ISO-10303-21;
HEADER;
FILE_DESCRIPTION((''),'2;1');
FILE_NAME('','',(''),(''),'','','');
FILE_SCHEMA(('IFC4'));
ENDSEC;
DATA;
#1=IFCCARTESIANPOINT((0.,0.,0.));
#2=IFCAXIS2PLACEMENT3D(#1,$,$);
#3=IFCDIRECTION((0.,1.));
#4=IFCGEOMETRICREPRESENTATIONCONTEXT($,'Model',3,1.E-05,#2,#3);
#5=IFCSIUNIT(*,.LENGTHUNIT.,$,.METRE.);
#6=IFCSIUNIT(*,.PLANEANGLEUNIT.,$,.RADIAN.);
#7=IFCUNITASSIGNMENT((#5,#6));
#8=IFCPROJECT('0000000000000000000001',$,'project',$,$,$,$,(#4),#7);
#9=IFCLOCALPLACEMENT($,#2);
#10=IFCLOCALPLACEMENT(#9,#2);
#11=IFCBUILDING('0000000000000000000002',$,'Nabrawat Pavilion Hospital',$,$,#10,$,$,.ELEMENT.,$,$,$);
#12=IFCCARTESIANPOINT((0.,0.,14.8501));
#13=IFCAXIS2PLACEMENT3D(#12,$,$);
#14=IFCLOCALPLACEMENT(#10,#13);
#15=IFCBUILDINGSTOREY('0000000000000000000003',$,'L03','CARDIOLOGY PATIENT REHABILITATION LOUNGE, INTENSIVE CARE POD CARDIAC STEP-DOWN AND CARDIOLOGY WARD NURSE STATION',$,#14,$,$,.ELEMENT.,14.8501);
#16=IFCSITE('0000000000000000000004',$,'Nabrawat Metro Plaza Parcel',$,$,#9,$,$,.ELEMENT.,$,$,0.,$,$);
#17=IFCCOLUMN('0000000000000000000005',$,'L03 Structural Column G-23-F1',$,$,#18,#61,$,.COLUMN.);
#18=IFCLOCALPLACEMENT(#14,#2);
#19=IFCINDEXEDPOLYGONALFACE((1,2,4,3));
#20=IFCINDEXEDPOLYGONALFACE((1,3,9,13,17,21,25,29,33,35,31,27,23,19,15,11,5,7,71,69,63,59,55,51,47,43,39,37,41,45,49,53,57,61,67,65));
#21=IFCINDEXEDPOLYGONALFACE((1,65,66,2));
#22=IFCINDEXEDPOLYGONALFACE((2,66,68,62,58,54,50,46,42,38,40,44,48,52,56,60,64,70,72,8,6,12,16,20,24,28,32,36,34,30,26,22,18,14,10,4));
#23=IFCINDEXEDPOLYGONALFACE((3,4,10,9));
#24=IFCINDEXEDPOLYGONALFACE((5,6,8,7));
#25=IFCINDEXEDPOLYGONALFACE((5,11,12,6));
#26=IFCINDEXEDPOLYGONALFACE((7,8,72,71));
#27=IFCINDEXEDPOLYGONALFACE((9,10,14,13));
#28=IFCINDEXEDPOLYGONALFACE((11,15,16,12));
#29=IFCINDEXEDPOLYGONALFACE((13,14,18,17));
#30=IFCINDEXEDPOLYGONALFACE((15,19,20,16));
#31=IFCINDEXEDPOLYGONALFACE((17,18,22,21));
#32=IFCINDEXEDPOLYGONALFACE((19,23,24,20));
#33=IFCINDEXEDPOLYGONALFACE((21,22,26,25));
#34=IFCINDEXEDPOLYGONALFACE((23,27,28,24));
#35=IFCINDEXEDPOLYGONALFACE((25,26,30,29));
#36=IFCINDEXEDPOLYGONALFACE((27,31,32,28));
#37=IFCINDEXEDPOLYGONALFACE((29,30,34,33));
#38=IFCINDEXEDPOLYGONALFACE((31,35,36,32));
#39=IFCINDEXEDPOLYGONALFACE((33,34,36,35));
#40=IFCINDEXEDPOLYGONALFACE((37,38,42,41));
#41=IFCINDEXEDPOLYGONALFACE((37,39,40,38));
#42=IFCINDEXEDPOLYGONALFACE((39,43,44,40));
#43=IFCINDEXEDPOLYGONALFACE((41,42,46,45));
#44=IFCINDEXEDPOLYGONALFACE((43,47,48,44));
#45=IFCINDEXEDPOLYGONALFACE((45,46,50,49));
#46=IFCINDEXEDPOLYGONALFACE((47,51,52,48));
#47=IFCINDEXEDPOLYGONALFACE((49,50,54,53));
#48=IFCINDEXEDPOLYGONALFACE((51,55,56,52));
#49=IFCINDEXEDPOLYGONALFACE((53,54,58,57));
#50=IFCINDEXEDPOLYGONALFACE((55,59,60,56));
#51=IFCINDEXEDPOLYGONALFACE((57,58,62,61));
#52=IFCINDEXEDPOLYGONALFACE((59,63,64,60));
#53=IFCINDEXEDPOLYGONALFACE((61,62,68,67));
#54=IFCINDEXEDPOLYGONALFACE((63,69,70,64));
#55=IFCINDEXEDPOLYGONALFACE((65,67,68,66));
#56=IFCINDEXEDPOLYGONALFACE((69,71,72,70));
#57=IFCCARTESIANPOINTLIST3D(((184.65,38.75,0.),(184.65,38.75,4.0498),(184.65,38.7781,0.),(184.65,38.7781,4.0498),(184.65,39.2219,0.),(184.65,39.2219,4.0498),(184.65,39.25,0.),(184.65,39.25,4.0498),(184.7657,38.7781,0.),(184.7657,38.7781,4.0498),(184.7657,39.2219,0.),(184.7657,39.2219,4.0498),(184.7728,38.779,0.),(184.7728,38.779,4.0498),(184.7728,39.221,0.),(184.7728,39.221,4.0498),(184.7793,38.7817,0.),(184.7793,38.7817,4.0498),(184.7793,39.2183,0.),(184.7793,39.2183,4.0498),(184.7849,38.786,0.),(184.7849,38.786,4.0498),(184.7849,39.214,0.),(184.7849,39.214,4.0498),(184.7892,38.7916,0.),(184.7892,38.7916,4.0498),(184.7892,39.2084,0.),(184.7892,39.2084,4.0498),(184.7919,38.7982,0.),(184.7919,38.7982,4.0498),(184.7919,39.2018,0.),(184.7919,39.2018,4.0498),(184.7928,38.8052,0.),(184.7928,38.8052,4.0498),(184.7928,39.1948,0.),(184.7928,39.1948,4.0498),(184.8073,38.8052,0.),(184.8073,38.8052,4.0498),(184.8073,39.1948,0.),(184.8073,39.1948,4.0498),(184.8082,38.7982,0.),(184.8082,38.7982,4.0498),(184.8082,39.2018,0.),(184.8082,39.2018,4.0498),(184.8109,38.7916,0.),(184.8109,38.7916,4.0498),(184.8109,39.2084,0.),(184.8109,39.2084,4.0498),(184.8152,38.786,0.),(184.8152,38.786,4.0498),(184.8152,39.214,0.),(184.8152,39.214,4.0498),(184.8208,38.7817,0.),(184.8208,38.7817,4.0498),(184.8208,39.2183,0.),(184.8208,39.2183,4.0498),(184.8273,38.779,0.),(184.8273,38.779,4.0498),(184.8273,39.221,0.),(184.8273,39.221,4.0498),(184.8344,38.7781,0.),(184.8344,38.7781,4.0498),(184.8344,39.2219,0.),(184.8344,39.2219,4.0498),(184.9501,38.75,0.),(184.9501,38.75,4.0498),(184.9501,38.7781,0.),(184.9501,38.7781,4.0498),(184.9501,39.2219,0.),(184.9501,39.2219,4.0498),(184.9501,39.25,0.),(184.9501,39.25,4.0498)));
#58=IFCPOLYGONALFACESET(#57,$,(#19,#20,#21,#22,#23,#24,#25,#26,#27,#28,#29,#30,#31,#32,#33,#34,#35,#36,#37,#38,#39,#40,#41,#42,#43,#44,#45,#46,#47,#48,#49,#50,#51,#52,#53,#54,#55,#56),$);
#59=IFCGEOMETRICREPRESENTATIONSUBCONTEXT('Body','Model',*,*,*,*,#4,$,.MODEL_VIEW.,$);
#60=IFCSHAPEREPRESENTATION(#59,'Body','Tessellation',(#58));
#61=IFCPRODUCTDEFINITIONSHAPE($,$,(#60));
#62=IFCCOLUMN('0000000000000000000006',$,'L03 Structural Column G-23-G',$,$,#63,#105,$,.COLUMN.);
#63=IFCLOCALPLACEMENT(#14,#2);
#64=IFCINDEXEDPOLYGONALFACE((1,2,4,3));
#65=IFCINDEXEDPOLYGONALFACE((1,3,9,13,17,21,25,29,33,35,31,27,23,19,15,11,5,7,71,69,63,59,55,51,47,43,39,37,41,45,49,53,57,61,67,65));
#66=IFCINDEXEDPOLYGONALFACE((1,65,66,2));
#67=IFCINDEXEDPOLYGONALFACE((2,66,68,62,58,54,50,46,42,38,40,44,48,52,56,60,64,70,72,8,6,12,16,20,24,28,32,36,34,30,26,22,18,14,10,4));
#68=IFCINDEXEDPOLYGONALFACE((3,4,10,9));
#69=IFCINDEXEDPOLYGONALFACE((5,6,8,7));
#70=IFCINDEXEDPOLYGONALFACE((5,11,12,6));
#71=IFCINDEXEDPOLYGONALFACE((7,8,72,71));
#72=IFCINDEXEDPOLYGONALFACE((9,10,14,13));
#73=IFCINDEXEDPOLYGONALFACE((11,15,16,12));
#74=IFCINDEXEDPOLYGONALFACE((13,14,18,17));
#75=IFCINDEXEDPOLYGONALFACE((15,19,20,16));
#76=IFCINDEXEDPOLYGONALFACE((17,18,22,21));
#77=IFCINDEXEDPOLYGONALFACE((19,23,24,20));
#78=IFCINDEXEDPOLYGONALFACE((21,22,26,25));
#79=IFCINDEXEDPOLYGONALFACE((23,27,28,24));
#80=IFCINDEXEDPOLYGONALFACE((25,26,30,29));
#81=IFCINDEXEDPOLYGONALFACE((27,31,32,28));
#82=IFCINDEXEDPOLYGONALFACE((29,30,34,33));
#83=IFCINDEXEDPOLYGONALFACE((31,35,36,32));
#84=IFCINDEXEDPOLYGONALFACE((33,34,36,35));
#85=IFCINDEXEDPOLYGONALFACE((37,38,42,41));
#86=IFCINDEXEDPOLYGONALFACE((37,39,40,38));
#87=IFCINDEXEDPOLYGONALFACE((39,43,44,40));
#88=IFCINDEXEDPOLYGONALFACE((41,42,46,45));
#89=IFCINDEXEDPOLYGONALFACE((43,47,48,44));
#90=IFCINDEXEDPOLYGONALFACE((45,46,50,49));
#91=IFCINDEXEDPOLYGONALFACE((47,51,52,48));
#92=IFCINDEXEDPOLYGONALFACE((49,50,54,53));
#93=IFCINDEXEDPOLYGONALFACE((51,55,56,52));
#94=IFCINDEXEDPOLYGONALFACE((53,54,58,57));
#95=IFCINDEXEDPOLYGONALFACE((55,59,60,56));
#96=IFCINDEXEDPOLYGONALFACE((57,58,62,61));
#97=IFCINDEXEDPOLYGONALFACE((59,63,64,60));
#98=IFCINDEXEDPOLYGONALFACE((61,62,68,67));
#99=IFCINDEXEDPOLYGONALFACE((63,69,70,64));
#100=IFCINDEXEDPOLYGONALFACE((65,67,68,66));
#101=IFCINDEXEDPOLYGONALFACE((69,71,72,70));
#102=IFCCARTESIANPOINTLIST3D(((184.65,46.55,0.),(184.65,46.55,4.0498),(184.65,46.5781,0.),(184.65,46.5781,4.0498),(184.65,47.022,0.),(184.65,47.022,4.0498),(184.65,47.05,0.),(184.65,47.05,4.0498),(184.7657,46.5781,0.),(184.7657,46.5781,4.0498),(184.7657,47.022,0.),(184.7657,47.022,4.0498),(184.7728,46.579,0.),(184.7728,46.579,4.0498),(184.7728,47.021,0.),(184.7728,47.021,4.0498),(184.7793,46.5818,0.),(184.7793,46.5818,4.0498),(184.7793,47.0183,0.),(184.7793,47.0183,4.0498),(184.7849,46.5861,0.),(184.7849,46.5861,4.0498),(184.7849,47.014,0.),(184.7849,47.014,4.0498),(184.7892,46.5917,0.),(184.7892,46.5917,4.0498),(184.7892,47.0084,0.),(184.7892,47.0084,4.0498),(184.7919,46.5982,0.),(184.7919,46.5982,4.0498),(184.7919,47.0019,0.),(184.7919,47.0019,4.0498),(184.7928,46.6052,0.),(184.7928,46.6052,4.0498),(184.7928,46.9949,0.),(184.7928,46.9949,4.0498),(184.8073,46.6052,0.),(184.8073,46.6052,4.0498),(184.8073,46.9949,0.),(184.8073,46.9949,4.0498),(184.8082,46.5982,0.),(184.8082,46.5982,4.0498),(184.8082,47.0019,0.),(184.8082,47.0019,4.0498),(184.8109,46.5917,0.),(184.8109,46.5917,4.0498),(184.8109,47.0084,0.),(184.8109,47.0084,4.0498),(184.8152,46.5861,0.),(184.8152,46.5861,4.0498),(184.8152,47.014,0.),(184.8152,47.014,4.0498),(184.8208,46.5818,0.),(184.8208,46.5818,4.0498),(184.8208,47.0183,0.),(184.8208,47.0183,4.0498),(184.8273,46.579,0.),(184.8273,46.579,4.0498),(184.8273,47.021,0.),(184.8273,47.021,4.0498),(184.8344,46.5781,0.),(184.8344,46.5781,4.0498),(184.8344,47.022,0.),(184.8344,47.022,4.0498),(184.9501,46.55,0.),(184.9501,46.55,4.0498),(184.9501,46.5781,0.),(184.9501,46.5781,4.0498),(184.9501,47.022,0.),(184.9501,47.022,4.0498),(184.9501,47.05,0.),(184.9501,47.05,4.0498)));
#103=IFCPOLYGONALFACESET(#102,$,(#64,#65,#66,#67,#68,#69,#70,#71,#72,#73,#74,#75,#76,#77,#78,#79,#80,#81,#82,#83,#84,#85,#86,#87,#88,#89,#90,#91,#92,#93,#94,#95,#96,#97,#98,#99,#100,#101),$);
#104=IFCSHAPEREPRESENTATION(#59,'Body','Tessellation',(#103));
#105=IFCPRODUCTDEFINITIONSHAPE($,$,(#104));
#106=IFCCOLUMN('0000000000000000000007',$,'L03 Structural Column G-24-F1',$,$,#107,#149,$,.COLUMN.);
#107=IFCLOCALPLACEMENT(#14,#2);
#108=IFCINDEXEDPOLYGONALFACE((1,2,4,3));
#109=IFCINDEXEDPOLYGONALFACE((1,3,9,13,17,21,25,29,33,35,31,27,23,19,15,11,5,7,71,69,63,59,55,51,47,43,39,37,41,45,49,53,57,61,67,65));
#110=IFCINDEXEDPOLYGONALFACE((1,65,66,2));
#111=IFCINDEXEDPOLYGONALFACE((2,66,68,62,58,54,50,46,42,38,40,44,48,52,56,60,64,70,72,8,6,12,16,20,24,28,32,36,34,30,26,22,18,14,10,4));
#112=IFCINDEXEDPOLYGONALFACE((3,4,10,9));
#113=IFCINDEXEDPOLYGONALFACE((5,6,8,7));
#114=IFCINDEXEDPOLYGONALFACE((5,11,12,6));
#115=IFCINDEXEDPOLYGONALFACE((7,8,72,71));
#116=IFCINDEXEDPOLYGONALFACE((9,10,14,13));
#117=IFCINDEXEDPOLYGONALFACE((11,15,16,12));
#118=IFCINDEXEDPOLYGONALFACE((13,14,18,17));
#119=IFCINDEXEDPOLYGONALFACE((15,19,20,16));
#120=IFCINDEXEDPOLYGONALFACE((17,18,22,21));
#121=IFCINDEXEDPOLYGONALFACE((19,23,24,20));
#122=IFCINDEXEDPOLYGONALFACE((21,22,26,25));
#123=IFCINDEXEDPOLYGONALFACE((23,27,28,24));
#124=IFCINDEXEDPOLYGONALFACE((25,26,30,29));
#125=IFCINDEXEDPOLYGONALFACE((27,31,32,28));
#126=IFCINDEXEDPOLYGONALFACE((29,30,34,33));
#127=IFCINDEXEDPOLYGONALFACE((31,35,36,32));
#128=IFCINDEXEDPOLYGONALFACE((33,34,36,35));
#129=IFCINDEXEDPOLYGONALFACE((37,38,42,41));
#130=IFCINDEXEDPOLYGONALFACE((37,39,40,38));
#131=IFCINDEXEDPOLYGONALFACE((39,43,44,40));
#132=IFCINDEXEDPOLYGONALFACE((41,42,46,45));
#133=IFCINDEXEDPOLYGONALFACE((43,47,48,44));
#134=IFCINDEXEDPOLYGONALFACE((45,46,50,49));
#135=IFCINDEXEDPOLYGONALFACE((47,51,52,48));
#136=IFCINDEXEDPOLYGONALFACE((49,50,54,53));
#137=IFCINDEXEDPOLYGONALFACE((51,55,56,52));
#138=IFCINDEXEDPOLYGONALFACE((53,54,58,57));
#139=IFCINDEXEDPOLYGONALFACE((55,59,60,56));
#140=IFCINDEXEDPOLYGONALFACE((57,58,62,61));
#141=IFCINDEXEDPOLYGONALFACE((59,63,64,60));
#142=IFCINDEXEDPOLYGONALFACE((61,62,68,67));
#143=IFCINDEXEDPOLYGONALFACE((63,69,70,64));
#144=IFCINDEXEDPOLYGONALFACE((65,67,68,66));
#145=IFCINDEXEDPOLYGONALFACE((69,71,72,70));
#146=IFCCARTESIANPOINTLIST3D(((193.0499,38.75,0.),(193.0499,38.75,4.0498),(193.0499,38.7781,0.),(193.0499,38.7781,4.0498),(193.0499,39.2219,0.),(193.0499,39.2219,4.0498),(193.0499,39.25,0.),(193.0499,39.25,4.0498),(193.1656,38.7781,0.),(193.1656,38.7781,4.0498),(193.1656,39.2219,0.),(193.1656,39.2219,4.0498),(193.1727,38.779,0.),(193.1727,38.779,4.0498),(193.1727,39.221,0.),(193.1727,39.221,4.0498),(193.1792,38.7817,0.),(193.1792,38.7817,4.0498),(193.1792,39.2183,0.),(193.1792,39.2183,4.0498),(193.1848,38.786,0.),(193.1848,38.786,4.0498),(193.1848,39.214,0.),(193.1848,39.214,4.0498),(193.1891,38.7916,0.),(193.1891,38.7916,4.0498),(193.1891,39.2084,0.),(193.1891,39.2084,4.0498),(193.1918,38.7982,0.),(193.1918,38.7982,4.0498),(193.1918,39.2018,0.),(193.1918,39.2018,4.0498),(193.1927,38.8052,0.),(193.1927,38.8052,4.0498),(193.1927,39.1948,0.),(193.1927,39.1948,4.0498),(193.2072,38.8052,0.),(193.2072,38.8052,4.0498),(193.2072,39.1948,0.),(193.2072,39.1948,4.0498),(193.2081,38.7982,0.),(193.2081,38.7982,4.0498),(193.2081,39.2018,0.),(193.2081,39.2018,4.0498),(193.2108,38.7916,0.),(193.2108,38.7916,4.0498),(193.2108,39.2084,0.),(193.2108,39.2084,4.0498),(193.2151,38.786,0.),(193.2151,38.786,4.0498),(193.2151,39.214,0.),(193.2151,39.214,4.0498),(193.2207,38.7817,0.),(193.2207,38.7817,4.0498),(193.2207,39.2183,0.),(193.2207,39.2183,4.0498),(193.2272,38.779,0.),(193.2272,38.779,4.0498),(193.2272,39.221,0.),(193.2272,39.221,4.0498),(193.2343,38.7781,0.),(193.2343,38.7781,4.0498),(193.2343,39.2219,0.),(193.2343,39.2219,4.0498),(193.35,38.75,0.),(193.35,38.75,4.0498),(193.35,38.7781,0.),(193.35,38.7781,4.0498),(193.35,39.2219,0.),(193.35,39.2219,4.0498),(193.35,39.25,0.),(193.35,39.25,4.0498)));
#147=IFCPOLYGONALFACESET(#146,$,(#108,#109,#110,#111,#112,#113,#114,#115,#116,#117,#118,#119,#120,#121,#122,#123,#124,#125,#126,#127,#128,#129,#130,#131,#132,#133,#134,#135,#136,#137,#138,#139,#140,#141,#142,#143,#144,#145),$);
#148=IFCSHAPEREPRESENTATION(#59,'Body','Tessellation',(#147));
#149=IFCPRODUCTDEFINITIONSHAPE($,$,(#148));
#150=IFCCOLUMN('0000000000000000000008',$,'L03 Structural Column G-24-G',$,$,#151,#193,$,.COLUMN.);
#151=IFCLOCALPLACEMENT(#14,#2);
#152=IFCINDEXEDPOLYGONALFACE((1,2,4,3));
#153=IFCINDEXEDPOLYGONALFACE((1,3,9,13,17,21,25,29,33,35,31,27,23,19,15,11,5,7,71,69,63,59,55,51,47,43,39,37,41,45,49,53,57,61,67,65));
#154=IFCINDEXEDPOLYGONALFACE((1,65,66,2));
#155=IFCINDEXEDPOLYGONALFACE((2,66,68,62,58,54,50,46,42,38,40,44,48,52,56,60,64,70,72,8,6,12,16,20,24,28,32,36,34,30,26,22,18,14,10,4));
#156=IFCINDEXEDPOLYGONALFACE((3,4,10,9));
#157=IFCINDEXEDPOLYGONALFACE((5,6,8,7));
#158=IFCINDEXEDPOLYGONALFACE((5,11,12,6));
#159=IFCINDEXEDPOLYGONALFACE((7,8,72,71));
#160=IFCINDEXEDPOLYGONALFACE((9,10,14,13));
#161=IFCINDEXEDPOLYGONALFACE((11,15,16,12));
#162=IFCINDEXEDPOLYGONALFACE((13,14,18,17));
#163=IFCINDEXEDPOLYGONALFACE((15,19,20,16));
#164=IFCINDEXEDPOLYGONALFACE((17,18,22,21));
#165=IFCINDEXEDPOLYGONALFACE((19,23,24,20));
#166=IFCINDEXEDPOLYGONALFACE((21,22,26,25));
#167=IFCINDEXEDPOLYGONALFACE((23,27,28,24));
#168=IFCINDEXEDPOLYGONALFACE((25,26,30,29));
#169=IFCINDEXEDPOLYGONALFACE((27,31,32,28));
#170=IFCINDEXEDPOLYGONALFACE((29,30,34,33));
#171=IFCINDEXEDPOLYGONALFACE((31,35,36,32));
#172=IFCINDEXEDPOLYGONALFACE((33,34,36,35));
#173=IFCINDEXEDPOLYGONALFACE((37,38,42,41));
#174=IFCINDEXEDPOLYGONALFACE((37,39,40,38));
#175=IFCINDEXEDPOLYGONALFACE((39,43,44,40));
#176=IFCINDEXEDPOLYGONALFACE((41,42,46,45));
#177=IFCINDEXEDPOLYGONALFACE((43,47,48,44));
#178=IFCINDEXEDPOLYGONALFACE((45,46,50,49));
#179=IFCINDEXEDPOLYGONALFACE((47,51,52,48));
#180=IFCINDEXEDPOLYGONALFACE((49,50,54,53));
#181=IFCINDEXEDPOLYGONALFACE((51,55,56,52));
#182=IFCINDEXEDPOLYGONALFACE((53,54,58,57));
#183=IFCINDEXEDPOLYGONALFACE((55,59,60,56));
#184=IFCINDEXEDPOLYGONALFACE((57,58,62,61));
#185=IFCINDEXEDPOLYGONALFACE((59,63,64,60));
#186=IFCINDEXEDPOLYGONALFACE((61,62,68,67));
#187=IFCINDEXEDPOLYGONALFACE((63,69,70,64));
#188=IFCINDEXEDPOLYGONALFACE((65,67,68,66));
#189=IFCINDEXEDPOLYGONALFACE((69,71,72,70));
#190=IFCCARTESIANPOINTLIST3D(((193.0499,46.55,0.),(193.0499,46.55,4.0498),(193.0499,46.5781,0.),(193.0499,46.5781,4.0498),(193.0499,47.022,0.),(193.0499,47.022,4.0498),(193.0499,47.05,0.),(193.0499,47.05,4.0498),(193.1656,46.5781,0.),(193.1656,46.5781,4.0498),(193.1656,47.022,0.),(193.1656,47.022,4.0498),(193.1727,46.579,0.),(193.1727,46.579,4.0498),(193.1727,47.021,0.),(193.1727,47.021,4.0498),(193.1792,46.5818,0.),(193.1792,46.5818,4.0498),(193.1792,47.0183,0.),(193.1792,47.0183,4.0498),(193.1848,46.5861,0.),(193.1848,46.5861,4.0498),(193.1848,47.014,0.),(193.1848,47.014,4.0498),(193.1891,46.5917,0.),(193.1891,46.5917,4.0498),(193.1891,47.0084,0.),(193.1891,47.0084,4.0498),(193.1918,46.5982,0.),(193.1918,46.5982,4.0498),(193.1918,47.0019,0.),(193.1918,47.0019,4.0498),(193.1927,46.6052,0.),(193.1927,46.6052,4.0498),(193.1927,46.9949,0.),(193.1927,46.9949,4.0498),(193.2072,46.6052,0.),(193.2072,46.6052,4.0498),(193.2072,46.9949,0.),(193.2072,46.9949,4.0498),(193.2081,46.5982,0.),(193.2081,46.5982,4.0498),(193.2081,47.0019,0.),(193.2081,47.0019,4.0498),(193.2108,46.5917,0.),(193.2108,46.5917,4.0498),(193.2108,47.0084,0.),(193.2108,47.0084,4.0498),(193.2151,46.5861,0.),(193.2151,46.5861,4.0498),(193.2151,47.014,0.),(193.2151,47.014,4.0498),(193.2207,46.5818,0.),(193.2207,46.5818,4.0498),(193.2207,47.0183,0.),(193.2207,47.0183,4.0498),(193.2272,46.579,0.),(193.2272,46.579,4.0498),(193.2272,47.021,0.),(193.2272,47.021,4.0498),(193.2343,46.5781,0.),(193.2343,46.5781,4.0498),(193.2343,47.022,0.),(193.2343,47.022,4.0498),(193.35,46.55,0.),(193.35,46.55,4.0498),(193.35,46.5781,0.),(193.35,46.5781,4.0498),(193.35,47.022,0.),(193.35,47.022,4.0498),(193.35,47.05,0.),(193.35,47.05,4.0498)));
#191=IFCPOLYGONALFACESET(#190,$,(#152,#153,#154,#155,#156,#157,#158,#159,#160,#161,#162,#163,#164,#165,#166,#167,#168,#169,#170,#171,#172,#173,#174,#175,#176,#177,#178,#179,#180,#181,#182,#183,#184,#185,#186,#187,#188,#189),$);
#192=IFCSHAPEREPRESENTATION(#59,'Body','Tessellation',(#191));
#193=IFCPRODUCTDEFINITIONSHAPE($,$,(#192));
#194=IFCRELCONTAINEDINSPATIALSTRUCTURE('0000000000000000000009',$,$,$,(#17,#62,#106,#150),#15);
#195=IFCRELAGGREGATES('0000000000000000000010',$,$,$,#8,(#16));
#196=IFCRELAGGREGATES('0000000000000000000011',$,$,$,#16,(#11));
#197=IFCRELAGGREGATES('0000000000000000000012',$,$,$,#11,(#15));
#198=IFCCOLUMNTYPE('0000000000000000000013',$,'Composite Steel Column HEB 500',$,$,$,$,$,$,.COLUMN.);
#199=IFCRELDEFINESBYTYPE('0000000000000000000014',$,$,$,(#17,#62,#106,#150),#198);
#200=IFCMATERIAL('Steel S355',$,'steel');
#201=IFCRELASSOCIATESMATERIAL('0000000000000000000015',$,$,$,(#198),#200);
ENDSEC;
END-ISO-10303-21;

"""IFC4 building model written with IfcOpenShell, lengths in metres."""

from ifc_helpers import new_model, si_unit, direction, frame, origin, origin_2d, place, context, subcontext, project, spatial, i_section, extrude, material, material_profile, profile_set, type_object, element, save


model = new_model("IFC4")

# Units and contexts
model_context = context("Model", 3, precision=1e-05, world=origin(), true_north=direction((0.0, 1.0)))
body_context = subcontext(model_context, "Body", "Model", "MODEL_VIEW")
ifc_project = project(units=[si_unit("LENGTHUNIT", "METRE"), si_unit("PLANEANGLEUNIT", "RADIAN")], contexts=[model_context])

# Site, building, storey
site_placement = place(None, origin())
site = spatial("IfcSite", under=ifc_project, at=site_placement, Name="Nabrawat Metro Plaza Parcel", CompositionType="ELEMENT", RefElevation=0.0)
building_placement = place(site_placement, origin())
building = spatial("IfcBuilding", under=site, at=building_placement, Name="Nabrawat Pavilion Hospital", CompositionType="ELEMENT")
storey_placement = place(building_placement, frame((0.0, 0.0, 14.8501)))
storey = spatial("IfcBuildingStorey", under=building, at=storey_placement, Name="L03", Description="CARDIOLOGY PATIENT REHABILITATION LOUNGE, INTENSIVE CARE POD CARDIAC STEP-DOWN AND CARDIOLOGY WARD NURSE STATION", CompositionType="ELEMENT", Elevation=14.8501)

# Columns
ifc_material_1 = material(Name="Steel S355", Category="steel")
ifc_material_profile_1 = material_profile(ifc_material_1, i_section(OverallWidth=0.3, OverallDepth=0.5, WebThickness=0.0144, FlangeThickness=0.0281, FilletRadius=0.0271, at=origin_2d()), Name="HEB 500")
ifc_profile_set_1 = profile_set([ifc_material_profile_1], Name="Steel S355")
column_type_1 = type_object("IfcColumnType", Name="Composite Steel Column HEB 500", PredefinedType="COLUMN", material=ifc_profile_set_1)
for number, where, z_axis, x_axis, name in (
    (1, (184.8, 39.0, 0.0), (0.0, 0.0, 1.0), (1.0, 0.0, 0.0), "L03 Structural Column G-23-F1"),
    (2, (184.8, 46.8, 0.0), (0.0, 0.0, 1.0), (1.0, 0.0, 0.0), "L03 Structural Column G-23-G"),
    (3, (193.2, 39.0, 0.0), (0.0, 0.0, 1.0), (1.0, 0.0, 0.0), "L03 Structural Column G-24-F1"),
    (4, (193.2, 46.8, 0.0), (0.0, 0.0, 1.0), (1.0, 0.0, 0.0), "L03 Structural Column G-24-G"),
):
    element("IfcColumn", number, at=place(storey_placement, frame(where, z_axis=z_axis, x_axis=x_axis)), inside=storey, type_object=column_type_1, Name=name, PredefinedType="COLUMN", context=body_context, shape_type="SweptSolid", body=[
        extrude(i_section(OverallWidth=0.3, OverallDepth=0.5, WebThickness=0.0144, FlangeThickness=0.0281, FilletRadius=0.0271, at=origin_2d()), origin(), (0.0, 0.0, 1.0), 4.0498),
    ])

save(model, "model.ifc")
